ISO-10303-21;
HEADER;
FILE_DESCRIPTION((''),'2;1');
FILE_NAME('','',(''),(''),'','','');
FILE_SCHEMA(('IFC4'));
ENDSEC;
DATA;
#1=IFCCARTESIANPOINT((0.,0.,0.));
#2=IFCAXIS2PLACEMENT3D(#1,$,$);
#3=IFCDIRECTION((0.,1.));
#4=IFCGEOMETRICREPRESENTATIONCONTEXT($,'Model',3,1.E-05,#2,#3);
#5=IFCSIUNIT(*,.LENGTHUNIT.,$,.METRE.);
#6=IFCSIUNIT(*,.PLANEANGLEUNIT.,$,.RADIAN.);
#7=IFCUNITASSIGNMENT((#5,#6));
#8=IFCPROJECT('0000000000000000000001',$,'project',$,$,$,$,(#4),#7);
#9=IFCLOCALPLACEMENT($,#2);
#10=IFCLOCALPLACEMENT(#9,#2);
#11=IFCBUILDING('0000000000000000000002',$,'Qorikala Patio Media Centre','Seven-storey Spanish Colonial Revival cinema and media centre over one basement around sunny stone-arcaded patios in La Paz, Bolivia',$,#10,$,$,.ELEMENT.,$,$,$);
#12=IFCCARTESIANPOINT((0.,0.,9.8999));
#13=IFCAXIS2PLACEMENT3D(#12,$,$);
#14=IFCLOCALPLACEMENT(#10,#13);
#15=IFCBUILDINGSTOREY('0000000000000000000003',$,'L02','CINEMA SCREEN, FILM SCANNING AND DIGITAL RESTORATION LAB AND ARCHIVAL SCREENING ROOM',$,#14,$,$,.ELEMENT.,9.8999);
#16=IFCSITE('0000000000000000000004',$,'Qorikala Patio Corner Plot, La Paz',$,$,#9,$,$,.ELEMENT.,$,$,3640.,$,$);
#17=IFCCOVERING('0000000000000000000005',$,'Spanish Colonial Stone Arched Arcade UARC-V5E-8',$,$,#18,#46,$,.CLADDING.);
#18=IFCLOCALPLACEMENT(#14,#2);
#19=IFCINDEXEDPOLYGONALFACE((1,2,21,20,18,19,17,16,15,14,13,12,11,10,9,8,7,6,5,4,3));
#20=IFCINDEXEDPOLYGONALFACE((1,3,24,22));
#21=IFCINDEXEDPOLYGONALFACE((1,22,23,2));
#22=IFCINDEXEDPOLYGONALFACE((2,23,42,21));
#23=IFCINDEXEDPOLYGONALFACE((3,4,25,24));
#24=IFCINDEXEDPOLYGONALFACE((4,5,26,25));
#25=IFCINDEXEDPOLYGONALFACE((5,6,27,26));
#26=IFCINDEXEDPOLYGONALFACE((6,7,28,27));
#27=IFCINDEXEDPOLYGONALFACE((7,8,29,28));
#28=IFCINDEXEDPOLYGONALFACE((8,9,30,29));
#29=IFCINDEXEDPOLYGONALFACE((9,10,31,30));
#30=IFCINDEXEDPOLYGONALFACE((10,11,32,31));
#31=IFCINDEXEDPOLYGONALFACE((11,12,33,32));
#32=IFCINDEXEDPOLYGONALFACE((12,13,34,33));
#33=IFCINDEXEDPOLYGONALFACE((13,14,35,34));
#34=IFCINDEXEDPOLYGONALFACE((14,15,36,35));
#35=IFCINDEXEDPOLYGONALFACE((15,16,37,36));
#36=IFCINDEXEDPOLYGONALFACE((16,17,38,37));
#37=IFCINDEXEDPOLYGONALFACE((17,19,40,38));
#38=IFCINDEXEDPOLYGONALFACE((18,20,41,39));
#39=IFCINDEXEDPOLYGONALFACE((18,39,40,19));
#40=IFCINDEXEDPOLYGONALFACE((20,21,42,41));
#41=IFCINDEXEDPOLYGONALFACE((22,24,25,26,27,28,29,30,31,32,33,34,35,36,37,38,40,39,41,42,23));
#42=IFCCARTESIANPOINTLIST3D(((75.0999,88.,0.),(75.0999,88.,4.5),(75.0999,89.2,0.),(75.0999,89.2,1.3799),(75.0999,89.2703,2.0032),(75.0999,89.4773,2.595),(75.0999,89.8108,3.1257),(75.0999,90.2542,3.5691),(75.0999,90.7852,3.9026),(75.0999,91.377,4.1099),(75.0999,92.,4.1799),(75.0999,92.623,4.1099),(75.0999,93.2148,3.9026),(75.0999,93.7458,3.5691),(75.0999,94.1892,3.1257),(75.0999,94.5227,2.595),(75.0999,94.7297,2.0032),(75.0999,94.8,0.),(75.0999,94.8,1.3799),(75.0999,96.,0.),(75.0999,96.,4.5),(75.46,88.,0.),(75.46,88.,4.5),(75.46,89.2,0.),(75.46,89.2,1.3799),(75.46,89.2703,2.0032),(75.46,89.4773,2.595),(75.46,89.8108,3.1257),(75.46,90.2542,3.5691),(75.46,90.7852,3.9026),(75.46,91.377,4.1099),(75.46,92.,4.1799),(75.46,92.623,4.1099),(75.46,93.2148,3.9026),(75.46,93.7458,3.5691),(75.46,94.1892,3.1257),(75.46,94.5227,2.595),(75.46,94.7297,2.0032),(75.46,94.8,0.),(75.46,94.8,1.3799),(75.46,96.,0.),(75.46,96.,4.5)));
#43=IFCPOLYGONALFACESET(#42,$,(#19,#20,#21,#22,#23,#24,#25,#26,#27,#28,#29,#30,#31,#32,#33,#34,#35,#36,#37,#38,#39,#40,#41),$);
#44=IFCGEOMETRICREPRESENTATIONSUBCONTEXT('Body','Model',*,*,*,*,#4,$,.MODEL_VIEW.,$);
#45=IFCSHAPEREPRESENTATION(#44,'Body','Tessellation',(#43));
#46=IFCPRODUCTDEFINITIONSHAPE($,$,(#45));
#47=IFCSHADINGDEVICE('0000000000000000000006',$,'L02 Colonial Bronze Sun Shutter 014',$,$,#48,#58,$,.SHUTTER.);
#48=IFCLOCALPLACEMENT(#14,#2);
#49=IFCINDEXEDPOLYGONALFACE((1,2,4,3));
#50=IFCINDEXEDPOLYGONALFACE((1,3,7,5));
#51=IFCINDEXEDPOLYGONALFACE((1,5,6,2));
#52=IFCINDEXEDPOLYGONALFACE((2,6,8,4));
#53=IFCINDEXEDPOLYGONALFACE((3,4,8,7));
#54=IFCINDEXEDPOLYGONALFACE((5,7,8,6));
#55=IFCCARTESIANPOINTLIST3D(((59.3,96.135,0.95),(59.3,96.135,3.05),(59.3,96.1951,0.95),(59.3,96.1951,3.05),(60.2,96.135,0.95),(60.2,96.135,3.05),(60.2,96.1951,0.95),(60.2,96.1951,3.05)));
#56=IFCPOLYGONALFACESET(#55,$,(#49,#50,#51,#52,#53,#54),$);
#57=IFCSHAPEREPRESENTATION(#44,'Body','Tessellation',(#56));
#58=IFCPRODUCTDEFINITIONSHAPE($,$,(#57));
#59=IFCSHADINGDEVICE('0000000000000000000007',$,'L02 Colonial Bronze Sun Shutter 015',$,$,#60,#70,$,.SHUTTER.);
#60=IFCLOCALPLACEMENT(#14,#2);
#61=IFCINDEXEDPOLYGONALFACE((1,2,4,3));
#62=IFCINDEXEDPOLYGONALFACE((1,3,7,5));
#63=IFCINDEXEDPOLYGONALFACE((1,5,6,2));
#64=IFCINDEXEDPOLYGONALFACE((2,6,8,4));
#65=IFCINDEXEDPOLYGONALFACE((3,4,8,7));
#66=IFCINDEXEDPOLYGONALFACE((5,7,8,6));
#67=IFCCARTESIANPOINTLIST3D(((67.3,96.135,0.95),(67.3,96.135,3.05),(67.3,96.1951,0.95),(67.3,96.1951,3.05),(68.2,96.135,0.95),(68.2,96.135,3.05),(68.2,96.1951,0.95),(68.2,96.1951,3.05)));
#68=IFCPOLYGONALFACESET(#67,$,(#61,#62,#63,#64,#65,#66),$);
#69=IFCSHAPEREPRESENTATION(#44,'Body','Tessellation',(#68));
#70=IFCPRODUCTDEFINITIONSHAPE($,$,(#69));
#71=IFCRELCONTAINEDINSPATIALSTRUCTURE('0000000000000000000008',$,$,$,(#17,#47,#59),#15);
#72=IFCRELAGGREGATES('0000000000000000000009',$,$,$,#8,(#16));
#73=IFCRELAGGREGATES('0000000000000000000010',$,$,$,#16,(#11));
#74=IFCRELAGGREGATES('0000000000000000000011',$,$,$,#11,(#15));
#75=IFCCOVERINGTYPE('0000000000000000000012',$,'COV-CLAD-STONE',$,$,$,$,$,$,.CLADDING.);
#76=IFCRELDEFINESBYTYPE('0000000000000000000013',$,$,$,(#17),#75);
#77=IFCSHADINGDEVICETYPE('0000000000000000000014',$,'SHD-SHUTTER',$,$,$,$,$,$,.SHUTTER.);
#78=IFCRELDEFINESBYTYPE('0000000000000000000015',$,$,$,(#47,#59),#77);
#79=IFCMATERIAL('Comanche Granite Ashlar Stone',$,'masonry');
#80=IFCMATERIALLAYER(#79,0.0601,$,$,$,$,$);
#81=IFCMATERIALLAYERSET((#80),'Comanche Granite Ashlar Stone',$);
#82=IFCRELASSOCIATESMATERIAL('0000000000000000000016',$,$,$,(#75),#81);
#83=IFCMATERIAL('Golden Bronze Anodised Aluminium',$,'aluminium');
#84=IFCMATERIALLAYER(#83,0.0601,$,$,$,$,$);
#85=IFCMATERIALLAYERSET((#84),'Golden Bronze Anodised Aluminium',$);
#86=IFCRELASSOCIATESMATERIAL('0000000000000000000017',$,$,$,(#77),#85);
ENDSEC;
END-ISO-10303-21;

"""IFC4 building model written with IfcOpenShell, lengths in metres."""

from ifc_helpers import new_model, si_unit, direction, frame, origin, origin_2d, place, context, subcontext, project, spatial, polyline, rectangle, outline, extrude, material, layer, layer_set, type_object, element, save


model = new_model("IFC4")

# Units and contexts
model_context = context("Model", 3, precision=1e-05, world=origin(), true_north=direction((0.0, 1.0)))
body_context = subcontext(model_context, "Body", "Model", "MODEL_VIEW")
ifc_project = project(units=[si_unit("LENGTHUNIT", "METRE"), si_unit("PLANEANGLEUNIT", "RADIAN")], contexts=[model_context])

# Site, building, storey
site_placement = place(None, origin())
site = spatial("IfcSite", under=ifc_project, at=site_placement, Name="Qorikala Patio Corner Plot, La Paz", CompositionType="ELEMENT", RefElevation=3640.0)
building_placement = place(site_placement, origin())
building = spatial("IfcBuilding", under=site, at=building_placement, Name="Qorikala Patio Media Centre", Description="Seven-storey Spanish Colonial Revival cinema and media centre over one basement around sunny stone-arcaded patios in La Paz, Bolivia", CompositionType="ELEMENT")
storey_placement = place(building_placement, frame((0.0, 0.0, 9.8999)))
storey = spatial("IfcBuildingStorey", under=building, at=storey_placement, Name="L02", Description="CINEMA SCREEN, FILM SCANNING AND DIGITAL RESTORATION LAB AND ARCHIVAL SCREENING ROOM", CompositionType="ELEMENT", Elevation=9.8999)

# Covering
ifc_material_1 = material(Name="Comanche Granite Ashlar Stone", Category="masonry")
ifc_layer_1 = layer(ifc_material_1, 0.0601)
ifc_layer_set_1 = layer_set([ifc_layer_1], Name="Comanche Granite Ashlar Stone")
covering_type = type_object("IfcCoveringType", Name="COV-CLAD-STONE", PredefinedType="CLADDING", material=ifc_layer_set_1)
covering_placement = place(storey_placement, frame((75.28, 88.0, 0.0), z_axis=(0.0, 0.0, 1.0), x_axis=(0.0, 1.0, 0.0)))
element("IfcCovering", 1, at=covering_placement, inside=storey, type_object=covering_type, Name="Spanish Colonial Stone Arched Arcade UARC-V5E-8", PredefinedType="CLADDING", context=body_context, shape_type="SweptSolid", body=[
    extrude(outline(polyline([(0.0, 0.0), (1.2, 0.0), (1.2, 1.3799), (1.2703, 2.0032), (1.4773, 2.595), (1.8108, 3.1257), (2.2542, 3.5691), (2.7852, 3.9026), (3.377, 4.1099), (4.0, 4.1799), (4.623, 4.1099), (5.2148, 3.9026), (5.7458, 3.5691), (6.1892, 3.1257), (6.5227, 2.595), (6.7297, 2.0032), (6.8, 1.3799), (6.8, 0.0), (8.0, 0.0), (8.0, 4.5), (0.0, 4.5), (0.0, 0.0)])), frame((0.0, 0.1802, 0.0), z_axis=(0.0, -1.0, 0.0), x_axis=(1.0, 0.0, 0.0)), (0.0, 0.0, 1.0), 0.3601),
])

# Shading devices
ifc_material_2 = material(Name="Golden Bronze Anodised Aluminium", Category="aluminium")
ifc_layer_2 = layer(ifc_material_2, 0.0601)
ifc_layer_set_2 = layer_set([ifc_layer_2], Name="Golden Bronze Anodised Aluminium")
shading_device_type = type_object("IfcShadingDeviceType", Name="SHD-SHUTTER", PredefinedType="SHUTTER", material=ifc_layer_set_2)
for number, where, z_axis, x_axis, name in (
    (2, (59.75, 96.165, 0.95), (0.0, 0.0, 1.0), (1.0, 0.0, 0.0), "L02 Colonial Bronze Sun Shutter 014"),
    (3, (67.75, 96.165, 0.95), (0.0, 0.0, 1.0), (1.0, 0.0, 0.0), "L02 Colonial Bronze Sun Shutter 015"),
):
    element("IfcShadingDevice", number, at=place(storey_placement, frame(where, z_axis=z_axis, x_axis=x_axis)), inside=storey, type_object=shading_device_type, Name=name, PredefinedType="SHUTTER", context=body_context, shape_type="SweptSolid", body=[
        extrude(rectangle(XDim=0.8999, YDim=0.0601, at=origin_2d()), origin(), (0.0, 0.0, 1.0), 2.1001),
    ])

save(model, "model.ifc")
